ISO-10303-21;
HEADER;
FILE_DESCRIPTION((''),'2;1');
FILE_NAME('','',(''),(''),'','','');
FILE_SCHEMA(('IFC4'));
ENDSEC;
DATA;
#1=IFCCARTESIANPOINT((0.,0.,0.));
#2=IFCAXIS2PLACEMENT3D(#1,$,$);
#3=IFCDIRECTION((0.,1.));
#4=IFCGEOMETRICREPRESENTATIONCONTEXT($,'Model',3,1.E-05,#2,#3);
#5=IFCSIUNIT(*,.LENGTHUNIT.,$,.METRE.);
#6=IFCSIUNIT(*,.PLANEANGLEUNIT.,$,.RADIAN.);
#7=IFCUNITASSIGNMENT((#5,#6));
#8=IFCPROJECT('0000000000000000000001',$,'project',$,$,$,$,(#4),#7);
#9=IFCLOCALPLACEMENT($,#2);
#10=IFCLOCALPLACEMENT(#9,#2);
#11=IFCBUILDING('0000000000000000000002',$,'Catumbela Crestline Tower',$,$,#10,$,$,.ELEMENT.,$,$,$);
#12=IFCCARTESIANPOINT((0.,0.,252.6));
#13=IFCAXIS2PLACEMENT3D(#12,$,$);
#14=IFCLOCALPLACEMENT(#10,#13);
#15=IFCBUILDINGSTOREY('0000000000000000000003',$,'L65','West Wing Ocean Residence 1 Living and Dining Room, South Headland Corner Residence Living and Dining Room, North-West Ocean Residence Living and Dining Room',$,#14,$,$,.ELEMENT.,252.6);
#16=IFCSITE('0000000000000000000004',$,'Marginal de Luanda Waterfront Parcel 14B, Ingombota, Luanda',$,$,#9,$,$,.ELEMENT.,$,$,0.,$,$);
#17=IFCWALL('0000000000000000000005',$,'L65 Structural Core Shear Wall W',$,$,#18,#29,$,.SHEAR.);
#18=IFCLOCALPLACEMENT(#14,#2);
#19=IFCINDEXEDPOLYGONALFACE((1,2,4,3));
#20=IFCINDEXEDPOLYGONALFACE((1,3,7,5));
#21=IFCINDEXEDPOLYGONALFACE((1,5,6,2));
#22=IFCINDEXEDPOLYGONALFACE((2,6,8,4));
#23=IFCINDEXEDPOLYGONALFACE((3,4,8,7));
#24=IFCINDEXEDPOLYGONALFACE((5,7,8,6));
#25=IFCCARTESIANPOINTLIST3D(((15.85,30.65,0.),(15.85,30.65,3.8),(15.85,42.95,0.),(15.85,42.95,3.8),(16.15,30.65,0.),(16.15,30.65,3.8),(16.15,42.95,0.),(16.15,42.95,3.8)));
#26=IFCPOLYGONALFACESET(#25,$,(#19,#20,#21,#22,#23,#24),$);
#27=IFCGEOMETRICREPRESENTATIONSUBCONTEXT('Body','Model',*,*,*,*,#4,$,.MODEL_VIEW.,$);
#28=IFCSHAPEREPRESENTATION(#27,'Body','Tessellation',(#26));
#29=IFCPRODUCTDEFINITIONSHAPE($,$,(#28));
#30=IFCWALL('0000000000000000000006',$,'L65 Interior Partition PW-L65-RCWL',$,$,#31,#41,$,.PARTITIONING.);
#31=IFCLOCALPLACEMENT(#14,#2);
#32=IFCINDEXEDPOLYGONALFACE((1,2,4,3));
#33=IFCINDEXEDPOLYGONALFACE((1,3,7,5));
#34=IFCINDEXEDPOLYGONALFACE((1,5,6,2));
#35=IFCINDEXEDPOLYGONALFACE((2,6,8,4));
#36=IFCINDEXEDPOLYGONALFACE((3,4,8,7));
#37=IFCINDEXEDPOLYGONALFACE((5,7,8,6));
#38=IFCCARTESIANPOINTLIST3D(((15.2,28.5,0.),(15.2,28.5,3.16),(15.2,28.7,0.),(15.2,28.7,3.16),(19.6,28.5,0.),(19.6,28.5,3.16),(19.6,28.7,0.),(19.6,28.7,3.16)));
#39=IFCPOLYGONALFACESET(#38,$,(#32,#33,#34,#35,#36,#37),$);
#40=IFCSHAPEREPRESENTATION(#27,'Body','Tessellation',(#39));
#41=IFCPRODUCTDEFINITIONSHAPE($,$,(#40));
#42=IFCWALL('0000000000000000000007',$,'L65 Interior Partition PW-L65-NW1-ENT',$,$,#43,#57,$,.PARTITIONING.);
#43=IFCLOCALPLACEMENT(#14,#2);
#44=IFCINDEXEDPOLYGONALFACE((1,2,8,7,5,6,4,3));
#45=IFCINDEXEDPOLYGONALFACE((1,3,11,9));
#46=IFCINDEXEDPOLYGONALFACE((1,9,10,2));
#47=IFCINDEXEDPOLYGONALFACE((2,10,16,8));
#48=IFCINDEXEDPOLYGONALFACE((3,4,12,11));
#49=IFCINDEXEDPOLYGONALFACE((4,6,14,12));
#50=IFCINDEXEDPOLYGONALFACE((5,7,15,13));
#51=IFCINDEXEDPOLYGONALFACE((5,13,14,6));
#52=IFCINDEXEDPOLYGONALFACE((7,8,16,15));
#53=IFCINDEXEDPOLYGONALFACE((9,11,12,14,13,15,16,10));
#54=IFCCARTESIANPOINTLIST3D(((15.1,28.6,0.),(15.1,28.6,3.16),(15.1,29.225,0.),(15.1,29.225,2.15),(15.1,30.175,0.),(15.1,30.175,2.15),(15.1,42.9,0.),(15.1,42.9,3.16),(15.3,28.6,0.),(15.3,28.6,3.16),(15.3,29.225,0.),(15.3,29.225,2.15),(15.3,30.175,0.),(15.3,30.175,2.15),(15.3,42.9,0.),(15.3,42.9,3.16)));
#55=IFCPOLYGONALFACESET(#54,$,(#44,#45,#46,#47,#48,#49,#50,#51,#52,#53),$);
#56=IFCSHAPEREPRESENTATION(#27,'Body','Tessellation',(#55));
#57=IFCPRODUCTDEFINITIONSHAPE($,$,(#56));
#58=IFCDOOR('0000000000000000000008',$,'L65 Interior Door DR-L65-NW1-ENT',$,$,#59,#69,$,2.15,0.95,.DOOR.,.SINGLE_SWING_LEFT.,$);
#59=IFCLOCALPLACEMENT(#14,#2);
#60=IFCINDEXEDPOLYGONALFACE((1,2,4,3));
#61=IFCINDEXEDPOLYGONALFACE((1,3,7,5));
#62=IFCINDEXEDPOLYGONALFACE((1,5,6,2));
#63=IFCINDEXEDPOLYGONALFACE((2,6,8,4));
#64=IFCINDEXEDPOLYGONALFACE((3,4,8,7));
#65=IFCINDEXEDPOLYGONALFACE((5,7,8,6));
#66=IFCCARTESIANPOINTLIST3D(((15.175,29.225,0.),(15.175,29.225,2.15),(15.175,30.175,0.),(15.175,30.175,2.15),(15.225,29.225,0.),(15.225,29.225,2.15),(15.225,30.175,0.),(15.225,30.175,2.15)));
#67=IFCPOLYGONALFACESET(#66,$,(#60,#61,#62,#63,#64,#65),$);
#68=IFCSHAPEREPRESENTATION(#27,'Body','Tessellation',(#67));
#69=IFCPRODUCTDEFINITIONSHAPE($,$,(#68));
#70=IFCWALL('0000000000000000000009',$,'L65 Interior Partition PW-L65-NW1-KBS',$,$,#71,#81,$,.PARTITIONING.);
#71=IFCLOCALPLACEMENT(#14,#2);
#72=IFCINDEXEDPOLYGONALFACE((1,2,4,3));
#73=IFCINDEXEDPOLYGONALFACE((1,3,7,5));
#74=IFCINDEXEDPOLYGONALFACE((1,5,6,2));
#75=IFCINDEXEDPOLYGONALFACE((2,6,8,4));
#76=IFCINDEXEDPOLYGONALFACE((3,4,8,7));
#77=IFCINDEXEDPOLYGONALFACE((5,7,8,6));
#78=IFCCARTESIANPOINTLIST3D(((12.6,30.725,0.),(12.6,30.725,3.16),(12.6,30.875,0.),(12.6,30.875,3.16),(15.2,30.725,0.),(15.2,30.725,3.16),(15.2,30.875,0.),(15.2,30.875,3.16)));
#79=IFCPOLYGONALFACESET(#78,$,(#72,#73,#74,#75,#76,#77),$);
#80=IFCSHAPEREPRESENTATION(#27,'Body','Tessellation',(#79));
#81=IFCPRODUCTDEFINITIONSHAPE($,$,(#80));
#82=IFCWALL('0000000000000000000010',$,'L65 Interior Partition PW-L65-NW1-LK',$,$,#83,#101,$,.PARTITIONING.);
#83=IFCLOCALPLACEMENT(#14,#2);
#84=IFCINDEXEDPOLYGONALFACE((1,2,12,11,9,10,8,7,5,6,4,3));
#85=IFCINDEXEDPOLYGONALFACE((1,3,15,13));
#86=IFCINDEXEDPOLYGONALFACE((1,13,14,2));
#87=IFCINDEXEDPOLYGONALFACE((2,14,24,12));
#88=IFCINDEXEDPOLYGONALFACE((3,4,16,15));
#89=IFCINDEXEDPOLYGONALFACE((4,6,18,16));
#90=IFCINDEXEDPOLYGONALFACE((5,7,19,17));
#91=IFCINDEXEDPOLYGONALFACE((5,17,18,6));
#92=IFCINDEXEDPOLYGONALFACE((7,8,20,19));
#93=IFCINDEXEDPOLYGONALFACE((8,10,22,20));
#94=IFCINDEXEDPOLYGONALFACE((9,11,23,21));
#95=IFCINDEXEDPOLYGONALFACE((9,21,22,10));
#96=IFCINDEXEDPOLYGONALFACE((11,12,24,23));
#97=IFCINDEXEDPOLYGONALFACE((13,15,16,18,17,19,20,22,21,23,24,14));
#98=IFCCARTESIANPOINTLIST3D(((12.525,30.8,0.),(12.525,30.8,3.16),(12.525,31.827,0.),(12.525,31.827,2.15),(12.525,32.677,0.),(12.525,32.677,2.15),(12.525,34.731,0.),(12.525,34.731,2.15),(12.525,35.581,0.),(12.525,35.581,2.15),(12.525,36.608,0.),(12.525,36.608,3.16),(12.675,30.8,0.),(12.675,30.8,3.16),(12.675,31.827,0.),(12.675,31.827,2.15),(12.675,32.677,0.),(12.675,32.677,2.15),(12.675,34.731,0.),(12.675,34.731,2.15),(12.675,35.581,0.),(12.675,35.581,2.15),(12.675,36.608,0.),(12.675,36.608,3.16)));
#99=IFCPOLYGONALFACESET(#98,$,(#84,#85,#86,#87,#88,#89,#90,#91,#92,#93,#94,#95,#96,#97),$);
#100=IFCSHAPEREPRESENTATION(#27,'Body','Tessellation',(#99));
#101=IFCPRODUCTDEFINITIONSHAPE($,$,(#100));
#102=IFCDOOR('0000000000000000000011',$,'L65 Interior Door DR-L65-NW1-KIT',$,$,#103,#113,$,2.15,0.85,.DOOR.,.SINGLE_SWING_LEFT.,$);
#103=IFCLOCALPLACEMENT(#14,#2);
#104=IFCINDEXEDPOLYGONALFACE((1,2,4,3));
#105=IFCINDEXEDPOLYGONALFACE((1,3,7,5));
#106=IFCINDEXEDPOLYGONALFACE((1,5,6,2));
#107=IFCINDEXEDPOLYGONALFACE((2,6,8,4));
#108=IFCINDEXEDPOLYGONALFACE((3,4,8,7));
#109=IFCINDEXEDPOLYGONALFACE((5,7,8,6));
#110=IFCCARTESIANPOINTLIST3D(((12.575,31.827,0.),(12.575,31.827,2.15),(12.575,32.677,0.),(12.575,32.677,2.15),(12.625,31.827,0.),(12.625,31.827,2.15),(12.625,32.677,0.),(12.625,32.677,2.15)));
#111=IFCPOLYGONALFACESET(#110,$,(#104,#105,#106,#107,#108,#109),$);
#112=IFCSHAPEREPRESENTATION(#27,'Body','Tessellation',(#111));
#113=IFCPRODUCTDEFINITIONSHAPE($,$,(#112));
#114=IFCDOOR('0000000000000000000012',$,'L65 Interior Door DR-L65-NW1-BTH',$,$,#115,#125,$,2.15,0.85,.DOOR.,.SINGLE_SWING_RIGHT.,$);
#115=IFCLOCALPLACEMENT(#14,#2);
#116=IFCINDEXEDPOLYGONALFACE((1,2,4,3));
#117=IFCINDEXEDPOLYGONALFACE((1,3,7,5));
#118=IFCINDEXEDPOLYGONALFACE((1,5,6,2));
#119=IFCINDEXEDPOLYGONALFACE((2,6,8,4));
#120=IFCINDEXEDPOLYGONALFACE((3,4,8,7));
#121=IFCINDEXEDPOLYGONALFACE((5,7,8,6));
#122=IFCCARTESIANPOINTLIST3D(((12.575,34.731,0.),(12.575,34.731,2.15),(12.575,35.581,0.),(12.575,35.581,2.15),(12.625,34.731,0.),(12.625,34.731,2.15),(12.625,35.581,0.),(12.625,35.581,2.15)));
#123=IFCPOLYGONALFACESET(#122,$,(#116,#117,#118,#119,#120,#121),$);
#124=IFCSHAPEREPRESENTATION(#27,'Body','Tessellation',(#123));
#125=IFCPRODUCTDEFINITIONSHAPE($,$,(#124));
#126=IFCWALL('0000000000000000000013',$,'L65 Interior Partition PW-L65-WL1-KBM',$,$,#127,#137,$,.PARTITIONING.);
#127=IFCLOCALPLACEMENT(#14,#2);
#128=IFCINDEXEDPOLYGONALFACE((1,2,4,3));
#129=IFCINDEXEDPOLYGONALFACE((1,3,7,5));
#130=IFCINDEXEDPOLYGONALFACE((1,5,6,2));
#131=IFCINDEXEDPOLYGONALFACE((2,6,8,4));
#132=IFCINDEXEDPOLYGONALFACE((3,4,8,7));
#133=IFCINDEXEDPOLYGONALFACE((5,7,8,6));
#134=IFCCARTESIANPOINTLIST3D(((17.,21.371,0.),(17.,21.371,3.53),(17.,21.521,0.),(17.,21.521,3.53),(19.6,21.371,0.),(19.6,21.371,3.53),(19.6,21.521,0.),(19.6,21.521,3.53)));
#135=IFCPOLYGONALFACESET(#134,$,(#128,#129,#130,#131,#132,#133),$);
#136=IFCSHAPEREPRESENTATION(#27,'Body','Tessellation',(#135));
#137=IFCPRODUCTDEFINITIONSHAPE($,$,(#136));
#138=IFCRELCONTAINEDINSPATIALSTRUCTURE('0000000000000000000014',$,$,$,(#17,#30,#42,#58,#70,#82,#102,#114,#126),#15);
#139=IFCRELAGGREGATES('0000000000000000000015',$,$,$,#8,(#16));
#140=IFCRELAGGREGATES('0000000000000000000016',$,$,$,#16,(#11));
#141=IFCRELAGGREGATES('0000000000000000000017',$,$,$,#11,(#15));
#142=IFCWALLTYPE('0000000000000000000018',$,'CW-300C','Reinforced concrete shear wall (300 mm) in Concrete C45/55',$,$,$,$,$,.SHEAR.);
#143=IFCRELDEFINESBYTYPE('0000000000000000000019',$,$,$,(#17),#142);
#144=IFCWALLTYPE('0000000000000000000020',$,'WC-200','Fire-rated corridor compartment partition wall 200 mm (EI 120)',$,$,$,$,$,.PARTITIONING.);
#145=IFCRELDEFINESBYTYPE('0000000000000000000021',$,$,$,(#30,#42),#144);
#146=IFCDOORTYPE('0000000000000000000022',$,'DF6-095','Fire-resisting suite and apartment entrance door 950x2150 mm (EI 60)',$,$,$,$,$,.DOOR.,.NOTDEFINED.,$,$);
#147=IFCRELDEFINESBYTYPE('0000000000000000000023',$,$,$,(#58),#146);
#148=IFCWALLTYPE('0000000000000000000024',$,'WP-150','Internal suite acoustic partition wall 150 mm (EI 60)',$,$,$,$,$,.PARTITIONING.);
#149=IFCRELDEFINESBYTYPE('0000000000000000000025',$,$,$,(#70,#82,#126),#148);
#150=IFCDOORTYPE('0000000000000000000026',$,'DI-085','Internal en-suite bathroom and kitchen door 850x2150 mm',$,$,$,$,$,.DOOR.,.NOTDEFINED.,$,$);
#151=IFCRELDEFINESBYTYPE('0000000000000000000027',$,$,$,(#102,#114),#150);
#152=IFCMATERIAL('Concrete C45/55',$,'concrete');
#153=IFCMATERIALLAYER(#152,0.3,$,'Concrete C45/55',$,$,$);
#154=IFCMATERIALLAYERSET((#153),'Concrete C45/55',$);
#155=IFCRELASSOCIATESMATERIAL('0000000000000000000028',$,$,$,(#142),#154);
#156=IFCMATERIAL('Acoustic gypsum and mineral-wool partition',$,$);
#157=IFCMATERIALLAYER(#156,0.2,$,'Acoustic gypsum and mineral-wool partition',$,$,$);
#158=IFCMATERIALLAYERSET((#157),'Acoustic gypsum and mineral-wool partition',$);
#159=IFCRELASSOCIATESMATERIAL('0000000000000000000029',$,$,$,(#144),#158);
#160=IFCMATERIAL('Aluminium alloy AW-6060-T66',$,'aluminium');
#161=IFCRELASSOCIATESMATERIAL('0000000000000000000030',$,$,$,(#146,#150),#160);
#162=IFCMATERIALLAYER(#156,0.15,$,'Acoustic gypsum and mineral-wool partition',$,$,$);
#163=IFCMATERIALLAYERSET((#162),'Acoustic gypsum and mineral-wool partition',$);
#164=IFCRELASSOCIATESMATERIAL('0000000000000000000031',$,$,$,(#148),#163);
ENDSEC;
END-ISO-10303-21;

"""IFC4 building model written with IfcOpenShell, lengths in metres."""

from ifc_helpers import new_model, si_unit, direction, frame, frame_2d, origin, place, context, subcontext, project, spatial, rectangle, extrude, material, layer, layer_set, type_object, element, fill, save


model = new_model("IFC4")

# Units and contexts
model_context = context("Model", 3, precision=1e-05, world=origin(), true_north=direction((0.0, 1.0)))
body_context = subcontext(model_context, "Body", "Model", "MODEL_VIEW")
ifc_project = project(units=[si_unit("LENGTHUNIT", "METRE"), si_unit("PLANEANGLEUNIT", "RADIAN")], contexts=[model_context])

# Site, building, storey
site_placement = place(None, origin())
site = spatial("IfcSite", under=ifc_project, at=site_placement, Name="Marginal de Luanda Waterfront Parcel 14B, Ingombota, Luanda", CompositionType="ELEMENT", RefElevation=0.0)
building_placement = place(site_placement, origin())
building = spatial("IfcBuilding", under=site, at=building_placement, Name="Catumbela Crestline Tower", CompositionType="ELEMENT")
storey_placement = place(building_placement, frame((0.0, 0.0, 252.6)))
storey = spatial("IfcBuildingStorey", under=building, at=storey_placement, Name="L65", Description="West Wing Ocean Residence 1 Living and Dining Room, South Headland Corner Residence Living and Dining Room, North-West Ocean Residence Living and Dining Room", CompositionType="ELEMENT", Elevation=252.6)

# Shared definitions
ifc_material_1 = material(Name="Concrete C45/55", Category="concrete")

# Walls
ifc_layer_1 = layer(ifc_material_1, 0.3, Name="Concrete C45/55")
ifc_layer_set_1 = layer_set([ifc_layer_1], Name="Concrete C45/55")
wall_type_1 = type_object("IfcWallType", Name="CW-300C", Description="Reinforced concrete shear wall (300 mm) in Concrete C45/55", PredefinedType="SHEAR", material=ifc_layer_set_1)
wall_1_placement = place(storey_placement, frame((16.0, 30.65, 0.0), z_axis=(0.0, 0.0, 1.0), x_axis=(0.0, 1.0, 0.0)))
element("IfcWall", 1, at=wall_1_placement, inside=storey, type_object=wall_type_1, Name="L65 Structural Core Shear Wall W", PredefinedType="SHEAR", context=body_context, shape_type="SweptSolid", body=[
    extrude(rectangle(XDim=12.3, YDim=0.3, at=frame_2d((6.15, 0.0))), origin(), (0.0, 0.0, 1.0), 3.8),
])
ifc_material_2 = material(Name="Acoustic gypsum and mineral-wool partition")
ifc_layer_2 = layer(ifc_material_2, 0.2, Name="Acoustic gypsum and mineral-wool partition")
ifc_layer_set_2 = layer_set([ifc_layer_2], Name="Acoustic gypsum and mineral-wool partition")
wall_type_2 = type_object("IfcWallType", Name="WC-200", Description="Fire-rated corridor compartment partition wall 200 mm (EI 120)", PredefinedType="PARTITIONING", material=ifc_layer_set_2)
wall_2_placement = place(storey_placement, frame((15.2, 28.6, 0.0), z_axis=(0.0, 0.0, 1.0), x_axis=(1.0, 0.0, 0.0)))
element("IfcWall", 2, at=wall_2_placement, inside=storey, type_object=wall_type_2, Name="L65 Interior Partition PW-L65-RCWL", PredefinedType="PARTITIONING", context=body_context, shape_type="SweptSolid", body=[
    extrude(rectangle(XDim=4.4, YDim=0.2, at=frame_2d((2.2, 0.0))), origin(), (0.0, 0.0, 1.0), 3.16),
])

# Wall, opening, door
wall_3_placement = place(storey_placement, frame((15.2, 28.6, 0.0), z_axis=(0.0, 0.0, 1.0), x_axis=(0.0, 1.0, 0.0)))
wall_3 = element("IfcWall", 3, at=wall_3_placement, inside=storey, type_object=wall_type_2, Name="L65 Interior Partition PW-L65-NW1-ENT", PredefinedType="PARTITIONING", context=body_context, shape_type="SweptSolid", body=[
    extrude(rectangle(XDim=14.3, YDim=0.2, at=frame_2d((7.15, 0.0))), origin(), (0.0, 0.0, 1.0), 3.16),
])
opening_1_placement = place(wall_3_placement, frame((0.625, 0.0, 0.0)))
opening_1 = element("IfcOpeningElement", 4, at=opening_1_placement, cuts=wall_3, PredefinedType="OPENING", context=body_context, shape_type="SweptSolid", body=[
    extrude(rectangle(XDim=0.95, YDim=2.15, at=frame_2d((0.475, 1.075))), frame((0.0, 0.11, 0.0), z_axis=(0.0, -1.0, 0.0), x_axis=(1.0, 0.0, 0.0)), (0.0, 0.0, 1.0), 0.22),
])
ifc_material_3 = material(Name="Aluminium alloy AW-6060-T66", Category="aluminium")
door_type_1 = type_object("IfcDoorType", Name="DF6-095", Description="Fire-resisting suite and apartment entrance door 950x2150 mm (EI 60)", OperationType="NOTDEFINED", PredefinedType="DOOR", material=ifc_material_3)
door_1_placement = place(opening_1_placement, origin())
door_1 = element("IfcDoor", 5, at=door_1_placement, inside=storey, type_object=door_type_1, Name="L65 Interior Door DR-L65-NW1-ENT", OperationType="SINGLE_SWING_LEFT", OverallHeight=2.15, OverallWidth=0.95, PredefinedType="DOOR", context=body_context, shape_type="SweptSolid", body=[
    extrude(rectangle(XDim=0.95, YDim=2.15, at=frame_2d((0.475, 1.075))), frame((0.0, 0.025, 0.0), z_axis=(0.0, -1.0, 0.0), x_axis=(1.0, 0.0, 0.0)), (0.0, 0.0, 1.0), 0.05),
])
fill(opening_1, door_1)

# Wall
ifc_layer_3 = layer(ifc_material_2, 0.15, Name="Acoustic gypsum and mineral-wool partition")
ifc_layer_set_3 = layer_set([ifc_layer_3], Name="Acoustic gypsum and mineral-wool partition")
wall_type_3 = type_object("IfcWallType", Name="WP-150", Description="Internal suite acoustic partition wall 150 mm (EI 60)", PredefinedType="PARTITIONING", material=ifc_layer_set_3)
wall_4_placement = place(storey_placement, frame((12.6, 30.8, 0.0), z_axis=(0.0, 0.0, 1.0), x_axis=(1.0, 0.0, 0.0)))
element("IfcWall", 6, at=wall_4_placement, inside=storey, type_object=wall_type_3, Name="L65 Interior Partition PW-L65-NW1-KBS", PredefinedType="PARTITIONING", context=body_context, shape_type="SweptSolid", body=[
    extrude(rectangle(XDim=2.6, YDim=0.15, at=frame_2d((1.3, 0.0))), origin(), (0.0, 0.0, 1.0), 3.16),
])

# Wall, openings, doors
wall_5_placement = place(storey_placement, frame((12.6, 30.8, 0.0), z_axis=(0.0, 0.0, 1.0), x_axis=(0.0, 1.0, 0.0)))
wall_5 = element("IfcWall", 7, at=wall_5_placement, inside=storey, type_object=wall_type_3, Name="L65 Interior Partition PW-L65-NW1-LK", PredefinedType="PARTITIONING", context=body_context, shape_type="SweptSolid", body=[
    extrude(rectangle(XDim=5.808, YDim=0.15, at=frame_2d((2.904, 0.0))), origin(), (0.0, 0.0, 1.0), 3.16),
])
opening_2_placement = place(wall_5_placement, frame((1.027, 0.0, 0.0)))
opening_2 = element("IfcOpeningElement", 8, at=opening_2_placement, cuts=wall_5, PredefinedType="OPENING", context=body_context, shape_type="SweptSolid", body=[
    extrude(rectangle(XDim=0.85, YDim=2.15, at=frame_2d((0.425, 1.075))), frame((0.0, 0.085, 0.0), z_axis=(0.0, -1.0, 0.0), x_axis=(1.0, 0.0, 0.0)), (0.0, 0.0, 1.0), 0.17),
])
opening_3_placement = place(wall_5_placement, frame((3.931, 0.0, 0.0)))
opening_3 = element("IfcOpeningElement", 9, at=opening_3_placement, cuts=wall_5, PredefinedType="OPENING", context=body_context, shape_type="SweptSolid", body=[
    extrude(rectangle(XDim=0.85, YDim=2.15, at=frame_2d((0.425, 1.075))), frame((0.0, 0.085, 0.0), z_axis=(0.0, -1.0, 0.0), x_axis=(1.0, 0.0, 0.0)), (0.0, 0.0, 1.0), 0.17),
])
door_type_2 = type_object("IfcDoorType", Name="DI-085", Description="Internal en-suite bathroom and kitchen door 850x2150 mm", OperationType="NOTDEFINED", PredefinedType="DOOR", material=ifc_material_3)
door_2_placement = place(opening_2_placement, origin())
door_2 = element("IfcDoor", 10, at=door_2_placement, inside=storey, type_object=door_type_2, Name="L65 Interior Door DR-L65-NW1-KIT", OperationType="SINGLE_SWING_LEFT", OverallHeight=2.15, OverallWidth=0.85, PredefinedType="DOOR", context=body_context, shape_type="SweptSolid", body=[
    extrude(rectangle(XDim=0.85, YDim=2.15, at=frame_2d((0.425, 1.075))), frame((0.0, 0.025, 0.0), z_axis=(0.0, -1.0, 0.0), x_axis=(1.0, 0.0, 0.0)), (0.0, 0.0, 1.0), 0.05),
])
fill(opening_2, door_2)
door_3_placement = place(opening_3_placement, origin())
door_3 = element("IfcDoor", 11, at=door_3_placement, inside=storey, type_object=door_type_2, Name="L65 Interior Door DR-L65-NW1-BTH", OperationType="SINGLE_SWING_RIGHT", OverallHeight=2.15, OverallWidth=0.85, PredefinedType="DOOR", context=body_context, shape_type="SweptSolid", body=[
    extrude(rectangle(XDim=0.85, YDim=2.15, at=frame_2d((0.425, 1.075))), frame((0.0, 0.025, 0.0), z_axis=(0.0, -1.0, 0.0), x_axis=(1.0, 0.0, 0.0)), (0.0, 0.0, 1.0), 0.05),
])
fill(opening_3, door_3)

# Wall
wall_6_placement = place(storey_placement, frame((17.0, 21.446, 0.0), z_axis=(0.0, 0.0, 1.0), x_axis=(1.0, 0.0, 0.0)))
element("IfcWall", 12, at=wall_6_placement, inside=storey, type_object=wall_type_3, Name="L65 Interior Partition PW-L65-WL1-KBM", PredefinedType="PARTITIONING", context=body_context, shape_type="SweptSolid", body=[
    extrude(rectangle(XDim=2.6, YDim=0.15, at=frame_2d((1.3, 0.0))), origin(), (0.0, 0.0, 1.0), 3.53),
])

save(model, "model.ifc")
